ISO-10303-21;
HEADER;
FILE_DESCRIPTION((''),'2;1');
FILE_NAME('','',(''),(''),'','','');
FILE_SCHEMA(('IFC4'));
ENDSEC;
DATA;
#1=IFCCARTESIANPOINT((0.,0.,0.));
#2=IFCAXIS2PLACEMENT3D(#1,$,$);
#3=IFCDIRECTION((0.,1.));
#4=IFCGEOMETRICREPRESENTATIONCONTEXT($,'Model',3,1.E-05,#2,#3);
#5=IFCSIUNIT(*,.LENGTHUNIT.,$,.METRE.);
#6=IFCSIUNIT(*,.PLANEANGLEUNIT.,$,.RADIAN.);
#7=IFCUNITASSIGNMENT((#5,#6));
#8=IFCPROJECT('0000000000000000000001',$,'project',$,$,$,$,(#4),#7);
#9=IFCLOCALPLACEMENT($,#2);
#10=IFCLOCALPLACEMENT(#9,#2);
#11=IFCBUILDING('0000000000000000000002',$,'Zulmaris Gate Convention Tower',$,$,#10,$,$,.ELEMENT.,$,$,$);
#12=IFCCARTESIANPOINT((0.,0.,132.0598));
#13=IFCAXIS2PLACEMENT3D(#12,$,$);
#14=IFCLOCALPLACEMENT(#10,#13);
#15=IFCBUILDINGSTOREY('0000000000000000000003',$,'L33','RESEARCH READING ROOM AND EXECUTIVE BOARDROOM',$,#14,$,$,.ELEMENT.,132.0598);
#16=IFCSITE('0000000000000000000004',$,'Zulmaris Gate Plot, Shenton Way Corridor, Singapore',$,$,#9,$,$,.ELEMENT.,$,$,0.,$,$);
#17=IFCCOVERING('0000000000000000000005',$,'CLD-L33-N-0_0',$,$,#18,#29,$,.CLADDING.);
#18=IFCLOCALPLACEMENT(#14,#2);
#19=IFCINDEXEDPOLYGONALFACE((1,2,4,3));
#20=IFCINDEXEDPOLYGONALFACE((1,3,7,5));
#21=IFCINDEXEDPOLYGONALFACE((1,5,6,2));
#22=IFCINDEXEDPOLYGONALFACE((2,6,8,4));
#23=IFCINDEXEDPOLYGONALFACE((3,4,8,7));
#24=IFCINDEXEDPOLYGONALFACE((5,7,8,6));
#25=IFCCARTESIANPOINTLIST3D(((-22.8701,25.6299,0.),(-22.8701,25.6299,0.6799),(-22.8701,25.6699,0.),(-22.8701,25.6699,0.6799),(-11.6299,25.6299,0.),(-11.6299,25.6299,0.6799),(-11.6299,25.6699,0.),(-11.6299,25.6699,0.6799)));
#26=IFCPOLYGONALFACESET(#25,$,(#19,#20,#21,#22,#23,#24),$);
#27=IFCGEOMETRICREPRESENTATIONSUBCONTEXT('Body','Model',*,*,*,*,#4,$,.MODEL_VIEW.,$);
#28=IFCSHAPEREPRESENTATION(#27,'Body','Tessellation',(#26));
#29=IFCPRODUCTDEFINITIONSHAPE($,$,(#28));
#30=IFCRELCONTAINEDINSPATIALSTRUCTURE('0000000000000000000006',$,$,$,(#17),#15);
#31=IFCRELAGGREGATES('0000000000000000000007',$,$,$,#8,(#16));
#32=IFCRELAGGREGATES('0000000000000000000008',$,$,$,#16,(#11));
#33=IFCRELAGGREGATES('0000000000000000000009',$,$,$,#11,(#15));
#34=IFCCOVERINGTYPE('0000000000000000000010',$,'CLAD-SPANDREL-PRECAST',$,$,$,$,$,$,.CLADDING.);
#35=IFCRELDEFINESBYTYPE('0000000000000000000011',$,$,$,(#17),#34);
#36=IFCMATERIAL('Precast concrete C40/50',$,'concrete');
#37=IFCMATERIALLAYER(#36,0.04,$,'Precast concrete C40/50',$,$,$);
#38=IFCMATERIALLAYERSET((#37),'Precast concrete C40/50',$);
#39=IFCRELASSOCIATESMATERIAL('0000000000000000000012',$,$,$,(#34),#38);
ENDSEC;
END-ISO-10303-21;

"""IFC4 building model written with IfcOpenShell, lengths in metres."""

from ifc_helpers import new_model, si_unit, direction, frame, frame_2d, origin, place, context, subcontext, project, spatial, rectangle, extrude, material, layer, layer_set, type_object, element, save


model = new_model("IFC4")

# Units and contexts
model_context = context("Model", 3, precision=1e-05, world=origin(), true_north=direction((0.0, 1.0)))
body_context = subcontext(model_context, "Body", "Model", "MODEL_VIEW")
ifc_project = project(units=[si_unit("LENGTHUNIT", "METRE"), si_unit("PLANEANGLEUNIT", "RADIAN")], contexts=[model_context])

# Site, building, storey
site_placement = place(None, origin())
site = spatial("IfcSite", under=ifc_project, at=site_placement, Name="Zulmaris Gate Plot, Shenton Way Corridor, Singapore", CompositionType="ELEMENT", RefElevation=0.0)
building_placement = place(site_placement, origin())
building = spatial("IfcBuilding", under=site, at=building_placement, Name="Zulmaris Gate Convention Tower", CompositionType="ELEMENT")
storey_placement = place(building_placement, frame((0.0, 0.0, 132.0598)))
storey = spatial("IfcBuildingStorey", under=building, at=storey_placement, Name="L33", Description="RESEARCH READING ROOM AND EXECUTIVE BOARDROOM", CompositionType="ELEMENT", Elevation=132.0598)

# Shared definitions
ifc_material_1 = material(Name="Precast concrete C40/50", Category="concrete")

# Covering
ifc_layer_1 = layer(ifc_material_1, 0.04, Name="Precast concrete C40/50")
ifc_layer_set_1 = layer_set([ifc_layer_1], Name="Precast concrete C40/50")
covering_type = type_object("IfcCoveringType", Name="CLAD-SPANDREL-PRECAST", PredefinedType="CLADDING", material=ifc_layer_set_1)
covering_placement = place(storey_placement, frame((-11.6299, 25.6499, 0.0), z_axis=(0.0, 0.0, 1.0), x_axis=(-1.0, 0.0, 0.0)))
element("IfcCovering", 1, at=covering_placement, inside=storey, type_object=covering_type, Name="CLD-L33-N-0_0", PredefinedType="CLADDING", context=body_context, shape_type="SweptSolid", body=[
    extrude(rectangle(XDim=11.2402, YDim=0.04, at=frame_2d((5.6201, 0.0))), origin(), (0.0, 0.0, 1.0), 0.6799),
])

save(model, "model.ifc")
